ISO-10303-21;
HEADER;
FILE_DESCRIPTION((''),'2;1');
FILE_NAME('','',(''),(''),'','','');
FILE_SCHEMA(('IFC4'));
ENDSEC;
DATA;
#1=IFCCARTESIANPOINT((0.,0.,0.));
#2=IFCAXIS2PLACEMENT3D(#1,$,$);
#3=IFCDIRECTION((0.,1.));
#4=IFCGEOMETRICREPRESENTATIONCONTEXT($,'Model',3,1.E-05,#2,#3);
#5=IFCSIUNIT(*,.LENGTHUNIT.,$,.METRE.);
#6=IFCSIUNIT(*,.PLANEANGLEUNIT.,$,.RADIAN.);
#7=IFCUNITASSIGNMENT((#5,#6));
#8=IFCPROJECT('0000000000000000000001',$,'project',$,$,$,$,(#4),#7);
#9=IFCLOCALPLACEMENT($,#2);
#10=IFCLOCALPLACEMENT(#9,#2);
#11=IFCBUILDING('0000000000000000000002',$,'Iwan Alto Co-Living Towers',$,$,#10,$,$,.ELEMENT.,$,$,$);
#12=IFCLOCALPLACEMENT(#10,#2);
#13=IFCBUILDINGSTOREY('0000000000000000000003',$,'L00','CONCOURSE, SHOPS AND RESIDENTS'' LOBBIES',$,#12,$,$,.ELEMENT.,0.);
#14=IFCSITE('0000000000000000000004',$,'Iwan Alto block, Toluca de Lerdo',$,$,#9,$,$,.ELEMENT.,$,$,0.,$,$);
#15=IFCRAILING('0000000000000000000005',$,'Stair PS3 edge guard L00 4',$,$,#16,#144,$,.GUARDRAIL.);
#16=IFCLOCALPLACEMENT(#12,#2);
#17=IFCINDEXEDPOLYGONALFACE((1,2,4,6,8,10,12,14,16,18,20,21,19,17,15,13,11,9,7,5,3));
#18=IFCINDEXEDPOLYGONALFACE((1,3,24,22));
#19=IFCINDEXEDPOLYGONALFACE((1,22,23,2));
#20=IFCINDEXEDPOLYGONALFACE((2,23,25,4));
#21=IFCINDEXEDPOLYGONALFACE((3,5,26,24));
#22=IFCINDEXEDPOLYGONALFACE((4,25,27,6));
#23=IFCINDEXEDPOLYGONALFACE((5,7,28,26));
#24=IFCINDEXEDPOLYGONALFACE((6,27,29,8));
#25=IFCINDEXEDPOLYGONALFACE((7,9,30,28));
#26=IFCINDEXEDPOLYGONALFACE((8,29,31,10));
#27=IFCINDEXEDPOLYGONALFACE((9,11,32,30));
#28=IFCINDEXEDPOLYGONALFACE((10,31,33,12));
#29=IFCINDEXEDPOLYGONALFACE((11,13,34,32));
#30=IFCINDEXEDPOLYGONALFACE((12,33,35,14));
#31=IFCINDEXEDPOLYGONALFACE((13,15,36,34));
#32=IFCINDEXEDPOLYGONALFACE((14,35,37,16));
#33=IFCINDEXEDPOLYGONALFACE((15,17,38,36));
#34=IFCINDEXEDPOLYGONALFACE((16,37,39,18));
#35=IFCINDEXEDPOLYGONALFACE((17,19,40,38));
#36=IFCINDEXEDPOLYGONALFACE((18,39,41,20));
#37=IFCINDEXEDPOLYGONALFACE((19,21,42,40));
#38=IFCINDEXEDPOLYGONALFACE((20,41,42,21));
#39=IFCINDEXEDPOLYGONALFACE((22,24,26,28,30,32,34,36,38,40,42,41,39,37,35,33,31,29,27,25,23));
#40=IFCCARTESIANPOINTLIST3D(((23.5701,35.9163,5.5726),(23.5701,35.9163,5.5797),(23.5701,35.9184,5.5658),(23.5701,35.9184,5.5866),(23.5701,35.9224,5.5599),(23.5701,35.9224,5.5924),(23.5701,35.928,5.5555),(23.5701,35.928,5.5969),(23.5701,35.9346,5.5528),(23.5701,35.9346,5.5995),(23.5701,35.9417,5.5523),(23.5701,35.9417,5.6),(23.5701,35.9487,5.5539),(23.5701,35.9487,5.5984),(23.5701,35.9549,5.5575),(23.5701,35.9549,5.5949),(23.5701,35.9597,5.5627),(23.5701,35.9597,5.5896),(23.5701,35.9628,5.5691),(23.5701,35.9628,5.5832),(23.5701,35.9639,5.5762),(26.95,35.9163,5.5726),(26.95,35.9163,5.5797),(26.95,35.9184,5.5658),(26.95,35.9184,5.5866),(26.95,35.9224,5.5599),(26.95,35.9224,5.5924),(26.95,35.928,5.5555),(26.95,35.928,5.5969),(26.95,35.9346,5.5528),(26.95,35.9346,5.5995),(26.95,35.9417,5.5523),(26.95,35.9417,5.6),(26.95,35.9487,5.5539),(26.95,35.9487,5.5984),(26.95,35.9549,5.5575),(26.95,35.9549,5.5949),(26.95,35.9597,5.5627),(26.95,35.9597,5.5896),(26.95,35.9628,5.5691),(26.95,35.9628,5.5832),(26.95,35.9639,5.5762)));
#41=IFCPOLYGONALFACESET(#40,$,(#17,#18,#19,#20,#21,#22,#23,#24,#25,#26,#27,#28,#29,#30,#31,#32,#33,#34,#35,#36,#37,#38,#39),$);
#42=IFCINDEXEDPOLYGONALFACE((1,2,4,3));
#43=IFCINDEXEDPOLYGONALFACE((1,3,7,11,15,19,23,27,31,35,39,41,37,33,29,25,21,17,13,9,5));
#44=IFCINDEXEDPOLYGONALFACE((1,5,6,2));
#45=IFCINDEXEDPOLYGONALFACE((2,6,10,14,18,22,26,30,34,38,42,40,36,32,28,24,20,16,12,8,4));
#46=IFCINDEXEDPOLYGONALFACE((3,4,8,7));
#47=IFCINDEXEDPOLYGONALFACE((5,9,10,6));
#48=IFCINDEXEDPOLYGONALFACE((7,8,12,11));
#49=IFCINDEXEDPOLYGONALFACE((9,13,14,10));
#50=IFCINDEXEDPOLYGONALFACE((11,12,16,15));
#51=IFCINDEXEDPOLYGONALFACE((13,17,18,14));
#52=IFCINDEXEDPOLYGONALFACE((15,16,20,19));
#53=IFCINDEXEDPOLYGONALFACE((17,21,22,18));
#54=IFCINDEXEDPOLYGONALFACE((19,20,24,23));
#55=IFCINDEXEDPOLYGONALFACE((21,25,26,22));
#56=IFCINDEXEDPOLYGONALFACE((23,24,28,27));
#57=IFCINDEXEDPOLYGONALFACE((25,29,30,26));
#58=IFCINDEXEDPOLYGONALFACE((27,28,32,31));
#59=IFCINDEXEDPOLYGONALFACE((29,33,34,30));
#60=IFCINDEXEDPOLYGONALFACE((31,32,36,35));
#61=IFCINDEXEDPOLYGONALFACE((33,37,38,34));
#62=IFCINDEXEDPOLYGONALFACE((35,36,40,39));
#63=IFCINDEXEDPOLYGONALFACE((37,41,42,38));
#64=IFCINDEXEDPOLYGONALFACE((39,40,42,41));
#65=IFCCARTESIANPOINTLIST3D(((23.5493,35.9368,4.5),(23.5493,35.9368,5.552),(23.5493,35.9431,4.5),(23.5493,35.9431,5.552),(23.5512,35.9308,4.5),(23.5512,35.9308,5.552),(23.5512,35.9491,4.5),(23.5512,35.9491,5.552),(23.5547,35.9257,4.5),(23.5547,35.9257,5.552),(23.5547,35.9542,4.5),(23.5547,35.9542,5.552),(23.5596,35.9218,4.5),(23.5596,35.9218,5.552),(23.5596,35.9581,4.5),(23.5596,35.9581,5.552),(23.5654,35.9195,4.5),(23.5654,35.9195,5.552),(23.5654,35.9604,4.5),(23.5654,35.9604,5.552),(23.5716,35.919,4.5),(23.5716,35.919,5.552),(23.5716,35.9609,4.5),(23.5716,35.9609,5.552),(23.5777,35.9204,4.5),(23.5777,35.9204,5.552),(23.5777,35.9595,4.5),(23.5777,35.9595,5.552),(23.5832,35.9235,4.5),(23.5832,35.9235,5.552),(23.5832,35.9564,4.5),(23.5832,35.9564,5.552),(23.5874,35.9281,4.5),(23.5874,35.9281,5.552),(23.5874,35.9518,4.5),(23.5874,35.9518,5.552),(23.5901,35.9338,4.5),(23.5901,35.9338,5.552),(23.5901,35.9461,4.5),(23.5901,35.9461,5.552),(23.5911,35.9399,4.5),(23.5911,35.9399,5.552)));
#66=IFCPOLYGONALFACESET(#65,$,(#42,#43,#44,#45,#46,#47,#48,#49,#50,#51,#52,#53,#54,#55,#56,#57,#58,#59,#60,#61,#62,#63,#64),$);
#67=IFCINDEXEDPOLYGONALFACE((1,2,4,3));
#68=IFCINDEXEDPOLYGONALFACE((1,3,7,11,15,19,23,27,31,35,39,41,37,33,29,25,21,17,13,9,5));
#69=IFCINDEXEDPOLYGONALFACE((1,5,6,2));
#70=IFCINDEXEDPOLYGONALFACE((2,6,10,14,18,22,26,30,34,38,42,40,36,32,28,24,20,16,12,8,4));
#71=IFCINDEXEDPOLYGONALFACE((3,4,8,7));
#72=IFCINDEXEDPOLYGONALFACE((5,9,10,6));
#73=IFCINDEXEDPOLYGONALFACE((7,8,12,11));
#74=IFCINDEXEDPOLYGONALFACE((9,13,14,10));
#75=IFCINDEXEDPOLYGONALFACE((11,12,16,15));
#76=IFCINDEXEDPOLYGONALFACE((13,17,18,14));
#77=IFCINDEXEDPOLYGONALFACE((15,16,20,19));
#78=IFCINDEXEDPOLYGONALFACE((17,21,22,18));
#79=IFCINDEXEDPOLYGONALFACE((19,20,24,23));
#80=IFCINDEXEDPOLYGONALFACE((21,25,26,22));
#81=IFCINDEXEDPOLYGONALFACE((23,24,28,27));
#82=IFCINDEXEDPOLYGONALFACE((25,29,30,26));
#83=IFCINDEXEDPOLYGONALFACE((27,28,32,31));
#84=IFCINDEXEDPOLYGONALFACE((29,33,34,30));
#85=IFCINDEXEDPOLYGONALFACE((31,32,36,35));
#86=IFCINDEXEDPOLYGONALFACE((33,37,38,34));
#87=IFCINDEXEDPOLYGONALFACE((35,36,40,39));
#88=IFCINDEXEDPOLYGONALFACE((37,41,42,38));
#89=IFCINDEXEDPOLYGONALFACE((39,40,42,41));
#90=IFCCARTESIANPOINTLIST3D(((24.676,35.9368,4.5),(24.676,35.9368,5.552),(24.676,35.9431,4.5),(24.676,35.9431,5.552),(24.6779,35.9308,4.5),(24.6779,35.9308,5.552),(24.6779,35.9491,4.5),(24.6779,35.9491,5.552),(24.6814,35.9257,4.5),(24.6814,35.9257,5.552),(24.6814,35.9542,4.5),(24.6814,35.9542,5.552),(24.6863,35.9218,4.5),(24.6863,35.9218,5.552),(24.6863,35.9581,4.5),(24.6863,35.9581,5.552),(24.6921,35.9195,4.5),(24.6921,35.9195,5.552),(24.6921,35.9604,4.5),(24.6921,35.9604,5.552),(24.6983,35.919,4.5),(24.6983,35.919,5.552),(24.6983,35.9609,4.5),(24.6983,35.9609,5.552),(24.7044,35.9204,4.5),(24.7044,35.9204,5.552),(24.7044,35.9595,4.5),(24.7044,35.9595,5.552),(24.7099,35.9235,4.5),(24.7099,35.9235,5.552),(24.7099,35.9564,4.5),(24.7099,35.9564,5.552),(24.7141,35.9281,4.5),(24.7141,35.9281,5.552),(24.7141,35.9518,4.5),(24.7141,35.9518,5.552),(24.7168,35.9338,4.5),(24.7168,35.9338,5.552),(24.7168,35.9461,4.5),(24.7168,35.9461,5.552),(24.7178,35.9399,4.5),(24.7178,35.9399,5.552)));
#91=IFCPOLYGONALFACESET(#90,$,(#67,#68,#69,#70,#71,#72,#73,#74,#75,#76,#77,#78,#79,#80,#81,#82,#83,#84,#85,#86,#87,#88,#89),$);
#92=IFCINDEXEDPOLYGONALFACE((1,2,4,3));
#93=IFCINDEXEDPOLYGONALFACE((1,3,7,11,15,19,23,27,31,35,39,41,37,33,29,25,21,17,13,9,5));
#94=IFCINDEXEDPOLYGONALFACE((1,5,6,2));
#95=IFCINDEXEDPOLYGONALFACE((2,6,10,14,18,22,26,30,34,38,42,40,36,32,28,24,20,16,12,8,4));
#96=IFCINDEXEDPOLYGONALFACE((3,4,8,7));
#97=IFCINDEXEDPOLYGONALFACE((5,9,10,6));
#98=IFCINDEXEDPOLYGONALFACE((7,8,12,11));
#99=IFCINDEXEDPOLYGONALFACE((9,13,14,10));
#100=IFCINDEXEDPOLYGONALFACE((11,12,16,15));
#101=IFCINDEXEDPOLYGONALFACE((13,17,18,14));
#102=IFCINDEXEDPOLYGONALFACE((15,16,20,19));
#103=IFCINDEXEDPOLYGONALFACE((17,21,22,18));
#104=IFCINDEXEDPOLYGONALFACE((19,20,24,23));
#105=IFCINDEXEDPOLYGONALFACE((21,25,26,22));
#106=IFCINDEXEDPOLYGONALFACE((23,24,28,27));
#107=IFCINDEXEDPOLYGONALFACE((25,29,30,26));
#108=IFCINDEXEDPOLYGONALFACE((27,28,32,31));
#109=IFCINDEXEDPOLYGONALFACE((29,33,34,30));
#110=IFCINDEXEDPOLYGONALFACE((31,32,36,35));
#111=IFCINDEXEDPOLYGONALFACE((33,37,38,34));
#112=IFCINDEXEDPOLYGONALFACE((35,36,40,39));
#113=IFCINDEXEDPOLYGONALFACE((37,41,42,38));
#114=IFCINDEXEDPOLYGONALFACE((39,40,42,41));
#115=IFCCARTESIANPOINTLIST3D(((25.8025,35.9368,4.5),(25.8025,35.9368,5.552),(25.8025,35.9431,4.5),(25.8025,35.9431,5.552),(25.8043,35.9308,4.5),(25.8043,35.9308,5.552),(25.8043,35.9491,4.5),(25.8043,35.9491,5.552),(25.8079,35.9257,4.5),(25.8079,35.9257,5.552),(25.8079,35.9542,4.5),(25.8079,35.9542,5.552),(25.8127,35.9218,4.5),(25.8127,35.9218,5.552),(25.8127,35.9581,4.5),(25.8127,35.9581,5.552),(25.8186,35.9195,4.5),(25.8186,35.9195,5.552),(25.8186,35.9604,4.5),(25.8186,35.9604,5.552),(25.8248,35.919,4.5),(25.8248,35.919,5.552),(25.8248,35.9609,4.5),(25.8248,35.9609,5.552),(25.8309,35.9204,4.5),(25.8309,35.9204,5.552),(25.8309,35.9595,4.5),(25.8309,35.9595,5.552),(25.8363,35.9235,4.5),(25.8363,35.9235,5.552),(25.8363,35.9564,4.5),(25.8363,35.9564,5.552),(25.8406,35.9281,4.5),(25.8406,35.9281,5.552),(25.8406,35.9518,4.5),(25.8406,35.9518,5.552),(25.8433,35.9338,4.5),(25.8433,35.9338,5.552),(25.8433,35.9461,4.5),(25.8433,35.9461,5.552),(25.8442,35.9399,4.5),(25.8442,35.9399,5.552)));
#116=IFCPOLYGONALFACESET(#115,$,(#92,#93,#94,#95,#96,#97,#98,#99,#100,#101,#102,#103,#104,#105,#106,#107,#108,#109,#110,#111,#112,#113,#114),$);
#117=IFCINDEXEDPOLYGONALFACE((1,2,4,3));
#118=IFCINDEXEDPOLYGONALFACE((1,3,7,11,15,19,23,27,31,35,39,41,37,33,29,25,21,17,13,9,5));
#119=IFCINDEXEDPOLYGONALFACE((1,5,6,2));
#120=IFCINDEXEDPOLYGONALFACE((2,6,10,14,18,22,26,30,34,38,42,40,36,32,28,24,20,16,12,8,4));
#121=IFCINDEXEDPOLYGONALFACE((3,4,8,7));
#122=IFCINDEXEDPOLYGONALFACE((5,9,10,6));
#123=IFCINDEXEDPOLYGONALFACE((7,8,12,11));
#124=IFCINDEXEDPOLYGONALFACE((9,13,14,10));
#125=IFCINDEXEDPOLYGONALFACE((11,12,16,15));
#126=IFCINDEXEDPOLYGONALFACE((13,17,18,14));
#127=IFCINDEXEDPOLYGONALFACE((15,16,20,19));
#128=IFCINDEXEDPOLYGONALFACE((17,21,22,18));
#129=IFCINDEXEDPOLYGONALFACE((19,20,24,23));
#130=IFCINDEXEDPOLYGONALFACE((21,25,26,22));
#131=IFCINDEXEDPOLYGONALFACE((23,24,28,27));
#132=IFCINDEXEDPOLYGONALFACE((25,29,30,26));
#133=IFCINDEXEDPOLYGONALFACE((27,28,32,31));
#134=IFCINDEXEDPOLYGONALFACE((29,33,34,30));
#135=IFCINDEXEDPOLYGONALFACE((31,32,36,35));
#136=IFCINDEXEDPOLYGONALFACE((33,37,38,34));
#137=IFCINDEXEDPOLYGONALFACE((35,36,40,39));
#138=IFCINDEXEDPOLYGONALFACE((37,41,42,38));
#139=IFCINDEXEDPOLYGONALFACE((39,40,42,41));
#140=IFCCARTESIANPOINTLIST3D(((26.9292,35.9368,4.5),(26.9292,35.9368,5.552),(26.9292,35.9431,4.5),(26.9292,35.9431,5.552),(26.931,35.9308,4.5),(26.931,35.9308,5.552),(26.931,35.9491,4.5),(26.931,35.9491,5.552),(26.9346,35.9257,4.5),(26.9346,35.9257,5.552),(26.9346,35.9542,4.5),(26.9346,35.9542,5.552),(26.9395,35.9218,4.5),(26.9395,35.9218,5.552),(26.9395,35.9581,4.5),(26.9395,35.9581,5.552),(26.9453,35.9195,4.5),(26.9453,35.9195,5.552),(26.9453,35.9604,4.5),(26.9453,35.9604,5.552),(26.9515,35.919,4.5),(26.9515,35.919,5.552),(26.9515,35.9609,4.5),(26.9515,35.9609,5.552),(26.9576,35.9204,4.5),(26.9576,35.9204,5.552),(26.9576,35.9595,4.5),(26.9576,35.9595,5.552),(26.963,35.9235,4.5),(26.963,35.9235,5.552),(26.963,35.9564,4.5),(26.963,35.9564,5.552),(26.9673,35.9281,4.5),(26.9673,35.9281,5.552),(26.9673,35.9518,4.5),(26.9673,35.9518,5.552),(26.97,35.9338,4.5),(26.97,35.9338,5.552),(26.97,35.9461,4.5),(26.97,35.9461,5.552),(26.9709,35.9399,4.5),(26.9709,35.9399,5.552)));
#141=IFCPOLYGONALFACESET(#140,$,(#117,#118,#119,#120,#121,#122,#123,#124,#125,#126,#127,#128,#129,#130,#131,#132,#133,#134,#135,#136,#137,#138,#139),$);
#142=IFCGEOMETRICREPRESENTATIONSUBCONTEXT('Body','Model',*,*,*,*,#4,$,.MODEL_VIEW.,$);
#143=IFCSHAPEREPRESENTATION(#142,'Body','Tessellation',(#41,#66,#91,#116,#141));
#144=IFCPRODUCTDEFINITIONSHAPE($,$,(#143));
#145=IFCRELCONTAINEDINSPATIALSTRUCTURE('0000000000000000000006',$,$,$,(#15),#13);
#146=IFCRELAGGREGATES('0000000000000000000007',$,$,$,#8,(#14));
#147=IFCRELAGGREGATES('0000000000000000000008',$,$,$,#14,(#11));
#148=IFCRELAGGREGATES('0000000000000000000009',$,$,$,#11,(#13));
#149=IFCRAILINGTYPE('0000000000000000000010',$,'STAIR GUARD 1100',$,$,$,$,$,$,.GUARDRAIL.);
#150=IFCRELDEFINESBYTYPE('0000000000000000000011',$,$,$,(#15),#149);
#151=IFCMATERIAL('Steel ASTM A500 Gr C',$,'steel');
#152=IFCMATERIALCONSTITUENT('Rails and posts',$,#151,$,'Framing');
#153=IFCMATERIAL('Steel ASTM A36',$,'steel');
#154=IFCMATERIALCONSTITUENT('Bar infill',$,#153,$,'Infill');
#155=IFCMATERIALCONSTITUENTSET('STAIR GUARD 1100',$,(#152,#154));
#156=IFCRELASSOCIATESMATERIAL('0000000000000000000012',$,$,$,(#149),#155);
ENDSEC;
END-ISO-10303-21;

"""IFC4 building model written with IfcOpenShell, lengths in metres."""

from ifc_helpers import new_model, si_unit, direction, frame, origin, origin_2d, place, context, subcontext, project, spatial, circle, extrude, material, constituent, constituent_set, type_object, element, save


model = new_model("IFC4")

# Units and contexts
model_context = context("Model", 3, precision=1e-05, world=origin(), true_north=direction((0.0, 1.0)))
body_context = subcontext(model_context, "Body", "Model", "MODEL_VIEW")
ifc_project = project(units=[si_unit("LENGTHUNIT", "METRE"), si_unit("PLANEANGLEUNIT", "RADIAN")], contexts=[model_context])

# Site, building, storey
site_placement = place(None, origin())
site = spatial("IfcSite", under=ifc_project, at=site_placement, Name="Iwan Alto block, Toluca de Lerdo", CompositionType="ELEMENT", RefElevation=0.0)
building_placement = place(site_placement, origin())
building = spatial("IfcBuilding", under=site, at=building_placement, Name="Iwan Alto Co-Living Towers", CompositionType="ELEMENT")
storey_placement = place(building_placement, origin())
storey = spatial("IfcBuildingStorey", under=building, at=storey_placement, Name="L00", Description="CONCOURSE, SHOPS AND RESIDENTS' LOBBIES", CompositionType="ELEMENT", Elevation=0.0)

# Shared definitions
ifc_material_1 = material(Name="Steel ASTM A36", Category="steel")

# Railing
ifc_material_2 = material(Name="Steel ASTM A500 Gr C", Category="steel")
ifc_constituent_1 = constituent(ifc_material_2, Name="Rails and posts", Category="Framing")
ifc_constituent_2 = constituent(ifc_material_1, Name="Bar infill", Category="Infill")
ifc_constituent_set_1 = constituent_set(constituents=[ifc_constituent_1, ifc_constituent_2], Name="STAIR GUARD 1100")
railing_type_1 = type_object("IfcRailingType", Name="STAIR GUARD 1100", PredefinedType="GUARDRAIL", material=ifc_constituent_set_1)
railing_1_placement = place(storey_placement, frame((23.5701, 35.9399, 4.5)))
element("IfcRailing", 1, at=railing_1_placement, inside=storey, type_object=railing_type_1, Name="Stair PS3 edge guard L00 4", PredefinedType="GUARDRAIL", context=body_context, shape_type="SweptSolid", body=[
    extrude(circle(Radius=0.0239, at=origin_2d()), frame((0.0, 0.0, 1.0762), z_axis=(1.0, 0.0, 0.0), x_axis=(0.0, 1.0, 0.0)), (0.0, 0.0, 1.0), 3.3799),
    extrude(circle(Radius=0.021, at=origin_2d()), origin(), (0.0, 0.0, 1.0), 1.052),
    extrude(circle(Radius=0.021, at=origin_2d()), frame((1.1267, 0.0, 0.0)), (0.0, 0.0, 1.0), 1.052),
    extrude(circle(Radius=0.021, at=origin_2d()), frame((2.2532, 0.0, 0.0)), (0.0, 0.0, 1.0), 1.052),
    extrude(circle(Radius=0.021, at=origin_2d()), frame((3.3799, 0.0, 0.0)), (0.0, 0.0, 1.0), 1.052),
])

save(model, "model.ifc")
